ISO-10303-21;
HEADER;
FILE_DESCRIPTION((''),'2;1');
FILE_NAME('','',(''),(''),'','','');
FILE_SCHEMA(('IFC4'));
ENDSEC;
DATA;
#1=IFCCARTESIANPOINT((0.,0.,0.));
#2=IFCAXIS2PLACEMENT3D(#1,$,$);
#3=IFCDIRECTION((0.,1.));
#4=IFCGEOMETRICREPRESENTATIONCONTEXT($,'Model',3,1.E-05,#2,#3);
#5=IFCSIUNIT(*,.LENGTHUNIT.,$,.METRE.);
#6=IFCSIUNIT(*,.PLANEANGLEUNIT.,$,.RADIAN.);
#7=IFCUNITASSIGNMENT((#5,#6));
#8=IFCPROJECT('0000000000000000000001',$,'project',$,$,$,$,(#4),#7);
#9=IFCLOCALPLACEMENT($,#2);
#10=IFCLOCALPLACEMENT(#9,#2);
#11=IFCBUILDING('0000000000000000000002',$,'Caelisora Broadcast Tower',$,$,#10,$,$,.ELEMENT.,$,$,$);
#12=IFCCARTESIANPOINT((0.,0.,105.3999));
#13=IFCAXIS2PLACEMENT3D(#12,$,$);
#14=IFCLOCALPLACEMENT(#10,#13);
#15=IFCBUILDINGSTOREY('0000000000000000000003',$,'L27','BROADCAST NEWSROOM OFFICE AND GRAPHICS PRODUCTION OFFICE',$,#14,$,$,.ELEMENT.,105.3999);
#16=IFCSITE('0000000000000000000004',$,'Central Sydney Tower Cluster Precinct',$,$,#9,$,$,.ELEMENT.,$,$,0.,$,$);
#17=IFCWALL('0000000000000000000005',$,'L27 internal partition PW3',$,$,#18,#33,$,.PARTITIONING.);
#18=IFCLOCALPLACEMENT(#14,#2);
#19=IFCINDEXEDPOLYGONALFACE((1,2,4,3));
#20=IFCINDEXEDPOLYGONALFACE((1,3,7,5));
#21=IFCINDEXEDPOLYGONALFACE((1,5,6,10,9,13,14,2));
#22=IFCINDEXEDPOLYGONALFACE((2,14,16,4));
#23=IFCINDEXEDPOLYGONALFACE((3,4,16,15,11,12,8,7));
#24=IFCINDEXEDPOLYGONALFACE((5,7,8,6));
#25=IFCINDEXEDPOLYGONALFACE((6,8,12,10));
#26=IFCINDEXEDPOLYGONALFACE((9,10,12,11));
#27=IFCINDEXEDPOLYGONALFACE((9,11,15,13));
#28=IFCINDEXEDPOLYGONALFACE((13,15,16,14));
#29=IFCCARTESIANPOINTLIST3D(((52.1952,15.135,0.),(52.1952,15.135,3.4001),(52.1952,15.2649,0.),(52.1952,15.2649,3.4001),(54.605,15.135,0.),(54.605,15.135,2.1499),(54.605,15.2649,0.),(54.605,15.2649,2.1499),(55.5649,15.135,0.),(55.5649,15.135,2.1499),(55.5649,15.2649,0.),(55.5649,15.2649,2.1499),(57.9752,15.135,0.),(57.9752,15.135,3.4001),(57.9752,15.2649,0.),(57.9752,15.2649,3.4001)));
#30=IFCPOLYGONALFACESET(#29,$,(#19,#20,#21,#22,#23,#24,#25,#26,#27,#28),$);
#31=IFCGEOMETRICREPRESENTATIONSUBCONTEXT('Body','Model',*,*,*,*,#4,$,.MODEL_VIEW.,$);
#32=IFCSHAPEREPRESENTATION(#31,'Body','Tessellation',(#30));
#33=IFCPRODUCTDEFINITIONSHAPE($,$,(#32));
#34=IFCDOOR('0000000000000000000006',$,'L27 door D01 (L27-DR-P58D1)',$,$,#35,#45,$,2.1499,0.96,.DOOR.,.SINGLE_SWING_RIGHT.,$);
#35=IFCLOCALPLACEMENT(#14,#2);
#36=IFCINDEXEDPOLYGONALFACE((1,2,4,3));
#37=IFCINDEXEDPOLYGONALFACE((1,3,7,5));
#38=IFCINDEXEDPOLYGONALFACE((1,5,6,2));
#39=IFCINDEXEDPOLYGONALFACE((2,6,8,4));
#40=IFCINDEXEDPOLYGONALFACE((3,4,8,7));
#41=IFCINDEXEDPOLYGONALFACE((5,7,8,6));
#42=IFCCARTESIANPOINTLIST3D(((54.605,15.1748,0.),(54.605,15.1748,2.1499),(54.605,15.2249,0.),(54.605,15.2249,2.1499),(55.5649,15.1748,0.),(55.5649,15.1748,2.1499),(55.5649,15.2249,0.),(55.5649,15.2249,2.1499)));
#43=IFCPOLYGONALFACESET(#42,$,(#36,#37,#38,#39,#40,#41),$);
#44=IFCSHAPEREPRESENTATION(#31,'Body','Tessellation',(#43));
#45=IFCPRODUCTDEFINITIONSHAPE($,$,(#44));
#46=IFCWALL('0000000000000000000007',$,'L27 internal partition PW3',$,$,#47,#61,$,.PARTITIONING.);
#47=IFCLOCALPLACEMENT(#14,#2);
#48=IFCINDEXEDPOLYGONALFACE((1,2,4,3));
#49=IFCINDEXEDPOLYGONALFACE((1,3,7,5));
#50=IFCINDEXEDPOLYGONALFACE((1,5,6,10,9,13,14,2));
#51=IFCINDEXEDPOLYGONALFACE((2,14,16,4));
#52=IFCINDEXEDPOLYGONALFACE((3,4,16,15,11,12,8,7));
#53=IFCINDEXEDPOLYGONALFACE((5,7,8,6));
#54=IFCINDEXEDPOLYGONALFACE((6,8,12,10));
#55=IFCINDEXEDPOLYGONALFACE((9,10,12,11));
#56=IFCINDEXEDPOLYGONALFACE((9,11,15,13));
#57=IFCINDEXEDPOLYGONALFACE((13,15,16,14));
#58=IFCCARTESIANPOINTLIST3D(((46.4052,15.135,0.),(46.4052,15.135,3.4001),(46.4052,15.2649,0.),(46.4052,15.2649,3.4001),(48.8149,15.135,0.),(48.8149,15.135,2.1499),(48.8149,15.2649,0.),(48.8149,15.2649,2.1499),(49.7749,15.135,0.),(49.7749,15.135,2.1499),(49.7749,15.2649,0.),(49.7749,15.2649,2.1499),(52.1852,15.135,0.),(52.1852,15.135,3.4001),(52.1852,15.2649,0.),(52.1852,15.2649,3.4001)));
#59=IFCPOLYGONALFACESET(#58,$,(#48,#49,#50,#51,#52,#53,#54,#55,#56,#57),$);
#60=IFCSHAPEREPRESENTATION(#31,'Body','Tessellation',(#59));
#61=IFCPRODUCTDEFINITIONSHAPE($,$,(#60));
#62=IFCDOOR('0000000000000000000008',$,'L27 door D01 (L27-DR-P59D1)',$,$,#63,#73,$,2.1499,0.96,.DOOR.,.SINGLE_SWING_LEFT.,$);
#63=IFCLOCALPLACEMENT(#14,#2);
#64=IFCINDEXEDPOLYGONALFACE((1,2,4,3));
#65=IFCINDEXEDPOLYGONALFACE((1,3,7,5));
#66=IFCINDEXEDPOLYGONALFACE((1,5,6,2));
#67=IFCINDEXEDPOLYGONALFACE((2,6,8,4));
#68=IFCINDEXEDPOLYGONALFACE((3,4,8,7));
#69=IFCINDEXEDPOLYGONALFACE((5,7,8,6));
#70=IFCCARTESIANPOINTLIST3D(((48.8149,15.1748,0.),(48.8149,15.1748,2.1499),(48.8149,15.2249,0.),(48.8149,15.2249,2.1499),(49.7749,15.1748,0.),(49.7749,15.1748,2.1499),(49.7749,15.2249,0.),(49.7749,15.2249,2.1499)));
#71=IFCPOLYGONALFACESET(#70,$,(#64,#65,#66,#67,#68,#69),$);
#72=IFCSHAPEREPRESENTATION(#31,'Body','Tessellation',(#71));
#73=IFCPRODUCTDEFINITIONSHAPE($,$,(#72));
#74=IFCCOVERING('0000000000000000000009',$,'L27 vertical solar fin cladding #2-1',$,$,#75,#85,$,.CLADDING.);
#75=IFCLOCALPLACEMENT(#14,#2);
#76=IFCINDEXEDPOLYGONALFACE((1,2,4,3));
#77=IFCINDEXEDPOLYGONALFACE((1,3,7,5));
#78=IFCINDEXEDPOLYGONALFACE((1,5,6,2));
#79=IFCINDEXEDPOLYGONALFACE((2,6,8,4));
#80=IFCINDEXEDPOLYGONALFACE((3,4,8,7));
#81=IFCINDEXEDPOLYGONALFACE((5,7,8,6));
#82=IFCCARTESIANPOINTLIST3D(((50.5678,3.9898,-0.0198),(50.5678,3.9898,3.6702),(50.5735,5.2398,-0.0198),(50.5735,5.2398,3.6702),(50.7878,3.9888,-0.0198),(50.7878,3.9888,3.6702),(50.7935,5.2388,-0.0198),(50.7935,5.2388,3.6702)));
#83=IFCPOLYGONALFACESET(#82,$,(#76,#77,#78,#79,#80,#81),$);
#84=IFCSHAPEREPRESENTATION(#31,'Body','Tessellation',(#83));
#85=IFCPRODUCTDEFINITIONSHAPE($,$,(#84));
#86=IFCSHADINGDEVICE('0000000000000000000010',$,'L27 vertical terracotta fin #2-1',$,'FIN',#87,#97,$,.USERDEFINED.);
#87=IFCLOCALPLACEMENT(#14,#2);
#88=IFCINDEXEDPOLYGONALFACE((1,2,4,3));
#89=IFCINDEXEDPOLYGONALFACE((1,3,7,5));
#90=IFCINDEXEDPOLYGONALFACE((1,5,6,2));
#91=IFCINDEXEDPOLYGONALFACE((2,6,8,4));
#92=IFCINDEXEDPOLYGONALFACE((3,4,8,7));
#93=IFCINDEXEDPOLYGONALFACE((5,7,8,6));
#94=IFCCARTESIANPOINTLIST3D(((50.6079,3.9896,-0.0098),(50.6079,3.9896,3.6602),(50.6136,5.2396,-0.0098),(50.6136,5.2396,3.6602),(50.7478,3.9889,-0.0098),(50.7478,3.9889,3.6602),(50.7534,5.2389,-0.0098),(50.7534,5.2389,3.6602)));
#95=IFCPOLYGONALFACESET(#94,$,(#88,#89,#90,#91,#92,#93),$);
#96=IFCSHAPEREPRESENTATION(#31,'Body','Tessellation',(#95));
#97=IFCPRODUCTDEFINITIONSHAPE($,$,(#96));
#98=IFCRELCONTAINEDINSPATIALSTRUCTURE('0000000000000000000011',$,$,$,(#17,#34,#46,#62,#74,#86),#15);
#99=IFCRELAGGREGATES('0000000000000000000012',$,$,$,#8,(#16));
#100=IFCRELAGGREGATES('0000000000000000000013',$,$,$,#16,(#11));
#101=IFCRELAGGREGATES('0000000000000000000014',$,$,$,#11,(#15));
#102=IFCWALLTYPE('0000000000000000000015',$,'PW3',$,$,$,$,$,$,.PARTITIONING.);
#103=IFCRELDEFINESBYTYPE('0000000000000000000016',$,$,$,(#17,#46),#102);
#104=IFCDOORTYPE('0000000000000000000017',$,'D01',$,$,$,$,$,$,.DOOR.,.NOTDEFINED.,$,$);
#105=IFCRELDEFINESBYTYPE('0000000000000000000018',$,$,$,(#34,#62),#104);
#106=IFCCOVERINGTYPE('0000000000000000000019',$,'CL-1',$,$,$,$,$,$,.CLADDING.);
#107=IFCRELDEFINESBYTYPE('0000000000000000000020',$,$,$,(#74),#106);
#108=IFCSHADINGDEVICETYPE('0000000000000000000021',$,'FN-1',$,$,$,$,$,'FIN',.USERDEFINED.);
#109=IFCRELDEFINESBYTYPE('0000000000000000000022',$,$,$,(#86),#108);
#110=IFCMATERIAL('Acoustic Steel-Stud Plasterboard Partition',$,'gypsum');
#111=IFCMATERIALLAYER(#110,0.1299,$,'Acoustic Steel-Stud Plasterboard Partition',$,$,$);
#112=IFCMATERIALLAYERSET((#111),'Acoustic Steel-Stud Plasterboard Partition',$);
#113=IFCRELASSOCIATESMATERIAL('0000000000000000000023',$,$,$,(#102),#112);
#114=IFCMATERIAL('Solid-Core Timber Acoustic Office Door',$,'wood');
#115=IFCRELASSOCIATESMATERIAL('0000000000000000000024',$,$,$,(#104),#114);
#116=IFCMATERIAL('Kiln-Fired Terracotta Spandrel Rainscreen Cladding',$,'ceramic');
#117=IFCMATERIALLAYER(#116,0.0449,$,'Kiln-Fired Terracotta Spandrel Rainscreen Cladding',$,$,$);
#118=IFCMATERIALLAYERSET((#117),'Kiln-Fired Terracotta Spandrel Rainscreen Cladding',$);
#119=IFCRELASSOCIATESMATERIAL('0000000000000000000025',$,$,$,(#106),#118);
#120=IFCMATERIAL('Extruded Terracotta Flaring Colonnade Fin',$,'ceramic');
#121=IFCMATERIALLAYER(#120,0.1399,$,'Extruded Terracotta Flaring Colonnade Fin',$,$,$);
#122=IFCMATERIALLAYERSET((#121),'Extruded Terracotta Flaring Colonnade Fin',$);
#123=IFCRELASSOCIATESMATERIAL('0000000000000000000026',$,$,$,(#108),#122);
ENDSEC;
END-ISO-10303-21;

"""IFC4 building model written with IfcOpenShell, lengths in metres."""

from ifc_helpers import new_model, si_unit, direction, frame, frame_2d, origin, origin_2d, place, context, subcontext, project, spatial, rectangle, extrude, source, transform, mapped, material, layer, layer_set, type_object, type_shapes, element, fill, save


model = new_model("IFC4")

# Units and contexts
model_context = context("Model", 3, precision=1e-05, world=origin(), true_north=direction((0.0, 1.0)))
body_context = subcontext(model_context, "Body", "Model", "MODEL_VIEW")
ifc_project = project(units=[si_unit("LENGTHUNIT", "METRE"), si_unit("PLANEANGLEUNIT", "RADIAN")], contexts=[model_context])

# Site, building, storey
site_placement = place(None, origin())
site = spatial("IfcSite", under=ifc_project, at=site_placement, Name="Central Sydney Tower Cluster Precinct", CompositionType="ELEMENT", RefElevation=0.0)
building_placement = place(site_placement, origin())
building = spatial("IfcBuilding", under=site, at=building_placement, Name="Caelisora Broadcast Tower", CompositionType="ELEMENT")
storey_placement = place(building_placement, frame((0.0, 0.0, 105.3999)))
storey = spatial("IfcBuildingStorey", under=building, at=storey_placement, Name="L27", Description="BROADCAST NEWSROOM OFFICE AND GRAPHICS PRODUCTION OFFICE", CompositionType="ELEMENT", Elevation=105.3999)

# Shared definitions
ifc_material_1 = material(Name="Acoustic Steel-Stud Plasterboard Partition", Category="gypsum")
ifc_layer_1 = layer(ifc_material_1, 0.1299, Name="Acoustic Steel-Stud Plasterboard Partition")
ifc_layer_set_1 = layer_set([ifc_layer_1], Name="Acoustic Steel-Stud Plasterboard Partition")
wall_type = type_object("IfcWallType", Name="PW3", PredefinedType="PARTITIONING", material=ifc_layer_set_1)

# Walls, openings, doors
wall_1_placement = place(storey_placement, frame((52.1951, 15.2, 0.0), z_axis=(0.0, 0.0, 1.0), x_axis=(1.0, 0.0, 0.0)))
wall_1 = element("IfcWall", 1, at=wall_1_placement, inside=storey, type_object=wall_type, Name="L27 internal partition PW3", PredefinedType="PARTITIONING", context=body_context, shape_type="SweptSolid", body=[
    extrude(rectangle(XDim=5.78, YDim=0.1299, at=frame_2d((2.8901, 0.0))), origin(), (0.0, 0.0, 1.0), 3.4001),
])
opening_1_placement = place(wall_1_placement, frame((2.4099, 0.0, 0.0)))
opening_1 = element("IfcOpeningElement", 2, at=opening_1_placement, cuts=wall_1, PredefinedType="OPENING", context=body_context, shape_type="SweptSolid", body=[
    extrude(rectangle(XDim=0.96, YDim=2.1499, at=frame_2d((0.48, 1.075))), frame((0.0, 0.0769, 0.0), z_axis=(0.0, -1.0, 0.0), x_axis=(1.0, 0.0, 0.0)), (0.0, 0.0, 1.0), 0.1538),
])
ifc_material_2 = material(Name="Solid-Core Timber Acoustic Office Door", Category="wood")
door_type = type_object("IfcDoorType", Name="D01", OperationType="NOTDEFINED", PredefinedType="DOOR", material=ifc_material_2)
door_1_placement = place(opening_1_placement, origin())
door_1 = element("IfcDoor", 3, at=door_1_placement, inside=storey, type_object=door_type, Name="L27 door D01 (L27-DR-P58D1)", OperationType="SINGLE_SWING_RIGHT", OverallHeight=2.1499, OverallWidth=0.96, PredefinedType="DOOR", context=body_context, shape_type="SweptSolid", body=[
    extrude(rectangle(XDim=0.96, YDim=2.1499, at=frame_2d((0.48, 1.075))), frame((0.0, 0.0249, 0.0), z_axis=(0.0, -1.0, 0.0), x_axis=(1.0, 0.0, 0.0)), (0.0, 0.0, 1.0), 0.05),
])
fill(opening_1, door_1)
wall_2_placement = place(storey_placement, frame((46.405, 15.2, 0.0), z_axis=(0.0, 0.0, 1.0), x_axis=(1.0, 0.0, 0.0)))
wall_2 = element("IfcWall", 4, at=wall_2_placement, inside=storey, type_object=wall_type, Name="L27 internal partition PW3", PredefinedType="PARTITIONING", context=body_context, shape_type="SweptSolid", body=[
    extrude(rectangle(XDim=5.78, YDim=0.1299, at=frame_2d((2.8901, 0.0))), origin(), (0.0, 0.0, 1.0), 3.4001),
])
opening_2_placement = place(wall_2_placement, frame((2.4099, 0.0, 0.0)))
opening_2 = element("IfcOpeningElement", 5, at=opening_2_placement, cuts=wall_2, PredefinedType="OPENING", context=body_context, shape_type="SweptSolid", body=[
    extrude(rectangle(XDim=0.96, YDim=2.1499, at=frame_2d((0.48, 1.075))), frame((0.0, 0.0769, 0.0), z_axis=(0.0, -1.0, 0.0), x_axis=(1.0, 0.0, 0.0)), (0.0, 0.0, 1.0), 0.1538),
])
door_2_placement = place(opening_2_placement, origin())
door_2 = element("IfcDoor", 6, at=door_2_placement, inside=storey, type_object=door_type, Name="L27 door D01 (L27-DR-P59D1)", OperationType="SINGLE_SWING_LEFT", OverallHeight=2.1499, OverallWidth=0.96, PredefinedType="DOOR", context=body_context, shape_type="SweptSolid", body=[
    extrude(rectangle(XDim=0.96, YDim=2.1499, at=frame_2d((0.48, 1.075))), frame((0.0, 0.0249, 0.0), z_axis=(0.0, -1.0, 0.0), x_axis=(1.0, 0.0, 0.0)), (0.0, 0.0, 1.0), 0.05),
])
fill(opening_2, door_2)

# Covering
ifc_material_3 = material(Name="Kiln-Fired Terracotta Spandrel Rainscreen Cladding", Category="ceramic")
ifc_layer_2 = layer(ifc_material_3, 0.0449, Name="Kiln-Fired Terracotta Spandrel Rainscreen Cladding")
ifc_layer_set_2 = layer_set([ifc_layer_2], Name="Kiln-Fired Terracotta Spandrel Rainscreen Cladding")
covering_type = type_object("IfcCoveringType", Name="CL-1", PredefinedType="CLADDING", material=ifc_layer_set_2)
shared_shape_1 = source(origin(), body_context, "Body", "SweptSolid", [
    extrude(rectangle(XDim=0.22, YDim=1.25, at=origin_2d()), origin(), (0.0, 0.0, 1.0), 3.6899),
])
type_shapes(covering_type, [shared_shape_1])
covering_placement = place(storey_placement, frame((50.6807, 4.6143, -0.0198), z_axis=(0.0, 0.0, 1.0), x_axis=(-0.99999, 0.004538, 0.0)))
element("IfcCovering", 7, at=covering_placement, inside=storey, type_object=covering_type, Name="L27 vertical solar fin cladding #2-1", PredefinedType="CLADDING", context=body_context, shape_type="MappedRepresentation", body=[
    mapped(shared_shape_1, transform((0.0, 0.0, 0.0), scale=1.0)),
])

# Shading device
ifc_material_4 = material(Name="Extruded Terracotta Flaring Colonnade Fin", Category="ceramic")
ifc_layer_3 = layer(ifc_material_4, 0.1399, Name="Extruded Terracotta Flaring Colonnade Fin")
ifc_layer_set_3 = layer_set([ifc_layer_3], Name="Extruded Terracotta Flaring Colonnade Fin")
shading_device_type = type_object("IfcShadingDeviceType", Name="FN-1", ElementType="FIN", PredefinedType="USERDEFINED", material=ifc_layer_set_3)
shared_shape_2 = source(origin(), body_context, "Body", "SweptSolid", [
    extrude(rectangle(XDim=0.1399, YDim=1.25, at=origin_2d()), origin(), (0.0, 0.0, 1.0), 3.6699),
])
type_shapes(shading_device_type, [shared_shape_2])
shading_device_placement = place(storey_placement, frame((50.6807, 4.6143, -0.0098), z_axis=(0.0, 0.0, 1.0), x_axis=(-0.99999, 0.004538, 0.0)))
element("IfcShadingDevice", 8, at=shading_device_placement, inside=storey, type_object=shading_device_type, Name="L27 vertical terracotta fin #2-1", ObjectType="FIN", PredefinedType="USERDEFINED", context=body_context, shape_type="MappedRepresentation", body=[
    mapped(shared_shape_2, transform((0.0, 0.0, 0.0), scale=1.0)),
])

save(model, "model.ifc")
